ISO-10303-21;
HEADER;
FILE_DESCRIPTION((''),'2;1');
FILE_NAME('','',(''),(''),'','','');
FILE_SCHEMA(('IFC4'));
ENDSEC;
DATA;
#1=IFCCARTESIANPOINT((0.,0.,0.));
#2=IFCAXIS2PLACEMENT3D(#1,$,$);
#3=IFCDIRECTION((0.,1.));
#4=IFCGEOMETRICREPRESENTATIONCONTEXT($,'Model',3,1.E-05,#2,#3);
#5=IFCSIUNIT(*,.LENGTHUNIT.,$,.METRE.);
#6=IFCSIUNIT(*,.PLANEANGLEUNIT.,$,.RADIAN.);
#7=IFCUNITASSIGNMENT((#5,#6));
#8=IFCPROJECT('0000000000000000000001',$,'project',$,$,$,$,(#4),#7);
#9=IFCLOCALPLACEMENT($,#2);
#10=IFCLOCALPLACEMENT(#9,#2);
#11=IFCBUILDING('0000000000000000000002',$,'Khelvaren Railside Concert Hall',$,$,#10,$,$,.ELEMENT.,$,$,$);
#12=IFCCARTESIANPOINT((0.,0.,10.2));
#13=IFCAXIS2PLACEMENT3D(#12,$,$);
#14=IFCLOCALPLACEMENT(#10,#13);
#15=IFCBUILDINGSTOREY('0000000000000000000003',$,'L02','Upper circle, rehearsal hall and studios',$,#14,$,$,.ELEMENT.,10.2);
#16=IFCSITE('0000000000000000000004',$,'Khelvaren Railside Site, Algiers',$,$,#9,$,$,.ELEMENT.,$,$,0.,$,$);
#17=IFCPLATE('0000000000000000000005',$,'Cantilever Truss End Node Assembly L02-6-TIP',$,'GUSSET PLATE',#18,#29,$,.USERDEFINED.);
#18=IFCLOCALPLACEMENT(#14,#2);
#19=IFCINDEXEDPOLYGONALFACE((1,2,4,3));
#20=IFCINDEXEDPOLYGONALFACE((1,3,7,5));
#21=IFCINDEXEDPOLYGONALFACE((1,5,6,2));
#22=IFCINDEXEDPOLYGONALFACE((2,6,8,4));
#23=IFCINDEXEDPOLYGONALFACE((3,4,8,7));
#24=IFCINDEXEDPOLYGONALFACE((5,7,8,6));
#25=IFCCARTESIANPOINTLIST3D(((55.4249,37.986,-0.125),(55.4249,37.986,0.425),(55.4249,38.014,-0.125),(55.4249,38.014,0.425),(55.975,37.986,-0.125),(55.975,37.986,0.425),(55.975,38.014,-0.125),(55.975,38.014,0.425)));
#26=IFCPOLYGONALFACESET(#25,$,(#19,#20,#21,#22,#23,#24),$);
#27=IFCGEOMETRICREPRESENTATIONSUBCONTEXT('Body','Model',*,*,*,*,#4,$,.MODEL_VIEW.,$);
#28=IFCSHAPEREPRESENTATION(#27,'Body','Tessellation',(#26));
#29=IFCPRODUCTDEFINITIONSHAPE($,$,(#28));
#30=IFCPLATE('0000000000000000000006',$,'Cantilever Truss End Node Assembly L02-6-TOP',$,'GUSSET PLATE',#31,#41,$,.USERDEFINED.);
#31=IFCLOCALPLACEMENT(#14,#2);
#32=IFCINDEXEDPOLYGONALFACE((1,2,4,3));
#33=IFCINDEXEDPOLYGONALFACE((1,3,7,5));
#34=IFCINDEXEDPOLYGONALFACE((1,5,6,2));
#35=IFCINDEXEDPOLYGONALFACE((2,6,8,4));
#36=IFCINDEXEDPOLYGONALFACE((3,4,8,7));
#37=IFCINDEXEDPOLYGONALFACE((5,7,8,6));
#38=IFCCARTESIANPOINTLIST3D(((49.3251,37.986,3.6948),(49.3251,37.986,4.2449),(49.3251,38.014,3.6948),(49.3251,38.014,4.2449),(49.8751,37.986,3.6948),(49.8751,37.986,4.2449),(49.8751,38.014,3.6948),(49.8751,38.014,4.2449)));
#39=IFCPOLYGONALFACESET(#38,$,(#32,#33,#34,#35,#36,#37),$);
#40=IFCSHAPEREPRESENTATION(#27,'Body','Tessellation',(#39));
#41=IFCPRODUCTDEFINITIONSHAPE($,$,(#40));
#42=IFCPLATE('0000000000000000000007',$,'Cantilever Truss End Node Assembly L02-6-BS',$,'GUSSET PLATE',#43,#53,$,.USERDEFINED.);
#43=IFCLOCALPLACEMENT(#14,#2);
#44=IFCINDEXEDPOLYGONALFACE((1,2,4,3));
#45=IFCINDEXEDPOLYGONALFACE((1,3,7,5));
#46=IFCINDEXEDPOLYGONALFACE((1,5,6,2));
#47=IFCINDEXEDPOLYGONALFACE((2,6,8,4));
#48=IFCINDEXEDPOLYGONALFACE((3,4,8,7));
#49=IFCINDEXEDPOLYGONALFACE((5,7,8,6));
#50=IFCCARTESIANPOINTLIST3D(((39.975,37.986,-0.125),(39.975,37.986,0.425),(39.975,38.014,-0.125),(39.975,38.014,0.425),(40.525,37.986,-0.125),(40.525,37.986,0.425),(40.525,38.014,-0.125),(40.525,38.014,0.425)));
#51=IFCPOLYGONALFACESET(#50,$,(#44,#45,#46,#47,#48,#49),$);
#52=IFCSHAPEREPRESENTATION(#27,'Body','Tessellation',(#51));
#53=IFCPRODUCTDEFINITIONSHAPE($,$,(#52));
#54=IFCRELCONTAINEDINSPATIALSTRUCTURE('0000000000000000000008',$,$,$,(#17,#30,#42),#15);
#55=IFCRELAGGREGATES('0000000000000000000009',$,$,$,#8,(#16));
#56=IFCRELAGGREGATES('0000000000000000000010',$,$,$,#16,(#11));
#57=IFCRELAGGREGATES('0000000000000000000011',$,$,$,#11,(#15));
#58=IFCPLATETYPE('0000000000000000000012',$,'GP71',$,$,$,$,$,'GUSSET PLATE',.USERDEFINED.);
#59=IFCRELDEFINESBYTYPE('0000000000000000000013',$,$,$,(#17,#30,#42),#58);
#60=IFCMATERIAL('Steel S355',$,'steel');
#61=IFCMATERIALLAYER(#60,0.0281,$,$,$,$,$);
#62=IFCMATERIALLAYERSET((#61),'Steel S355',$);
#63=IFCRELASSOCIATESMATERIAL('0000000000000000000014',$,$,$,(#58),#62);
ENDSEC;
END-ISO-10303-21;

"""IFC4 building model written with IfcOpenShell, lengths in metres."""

from ifc_helpers import new_model, si_unit, direction, frame, origin, origin_2d, place, context, subcontext, project, spatial, rectangle, extrude, material, layer, layer_set, type_object, element, save


model = new_model("IFC4")

# Units and contexts
model_context = context("Model", 3, precision=1e-05, world=origin(), true_north=direction((0.0, 1.0)))
body_context = subcontext(model_context, "Body", "Model", "MODEL_VIEW")
ifc_project = project(units=[si_unit("LENGTHUNIT", "METRE"), si_unit("PLANEANGLEUNIT", "RADIAN")], contexts=[model_context])

# Site, building, storey
site_placement = place(None, origin())
site = spatial("IfcSite", under=ifc_project, at=site_placement, Name="Khelvaren Railside Site, Algiers", CompositionType="ELEMENT", RefElevation=0.0)
building_placement = place(site_placement, origin())
building = spatial("IfcBuilding", under=site, at=building_placement, Name="Khelvaren Railside Concert Hall", CompositionType="ELEMENT")
storey_placement = place(building_placement, frame((0.0, 0.0, 10.2)))
storey = spatial("IfcBuildingStorey", under=building, at=storey_placement, Name="L02", Description="Upper circle, rehearsal hall and studios", CompositionType="ELEMENT", Elevation=10.2)

# Shared definitions
ifc_material_1 = material(Name="Steel S355", Category="steel")

# Plates
ifc_layer_1 = layer(ifc_material_1, 0.0281)
ifc_layer_set_1 = layer_set([ifc_layer_1], Name="Steel S355")
plate_type_1 = type_object("IfcPlateType", Name="GP71", ElementType="GUSSET PLATE", PredefinedType="USERDEFINED", material=ifc_layer_set_1)
for number, where, z_axis, x_axis, name in (
    (1, (55.7, 38.0, -0.125), (0.0, 0.0, 1.0), (1.0, 0.0, 0.0), "Cantilever Truss End Node Assembly L02-6-TIP"),
    (2, (49.6001, 38.0, 3.6948), (0.0, 0.0, 1.0), (1.0, 0.0, 0.0), "Cantilever Truss End Node Assembly L02-6-TOP"),
    (3, (40.25, 38.0, -0.125), (0.0, 0.0, 1.0), (1.0, 0.0, 0.0), "Cantilever Truss End Node Assembly L02-6-BS"),
):
    element("IfcPlate", number, at=place(storey_placement, frame(where, z_axis=z_axis, x_axis=x_axis)), inside=storey, type_object=plate_type_1, Name=name, ObjectType="GUSSET PLATE", PredefinedType="USERDEFINED", context=body_context, shape_type="SweptSolid", body=[
        extrude(rectangle(XDim=0.55, YDim=0.0281, at=origin_2d()), origin(), (0.0, 0.0, 1.0), 0.55),
    ])

save(model, "model.ifc")
